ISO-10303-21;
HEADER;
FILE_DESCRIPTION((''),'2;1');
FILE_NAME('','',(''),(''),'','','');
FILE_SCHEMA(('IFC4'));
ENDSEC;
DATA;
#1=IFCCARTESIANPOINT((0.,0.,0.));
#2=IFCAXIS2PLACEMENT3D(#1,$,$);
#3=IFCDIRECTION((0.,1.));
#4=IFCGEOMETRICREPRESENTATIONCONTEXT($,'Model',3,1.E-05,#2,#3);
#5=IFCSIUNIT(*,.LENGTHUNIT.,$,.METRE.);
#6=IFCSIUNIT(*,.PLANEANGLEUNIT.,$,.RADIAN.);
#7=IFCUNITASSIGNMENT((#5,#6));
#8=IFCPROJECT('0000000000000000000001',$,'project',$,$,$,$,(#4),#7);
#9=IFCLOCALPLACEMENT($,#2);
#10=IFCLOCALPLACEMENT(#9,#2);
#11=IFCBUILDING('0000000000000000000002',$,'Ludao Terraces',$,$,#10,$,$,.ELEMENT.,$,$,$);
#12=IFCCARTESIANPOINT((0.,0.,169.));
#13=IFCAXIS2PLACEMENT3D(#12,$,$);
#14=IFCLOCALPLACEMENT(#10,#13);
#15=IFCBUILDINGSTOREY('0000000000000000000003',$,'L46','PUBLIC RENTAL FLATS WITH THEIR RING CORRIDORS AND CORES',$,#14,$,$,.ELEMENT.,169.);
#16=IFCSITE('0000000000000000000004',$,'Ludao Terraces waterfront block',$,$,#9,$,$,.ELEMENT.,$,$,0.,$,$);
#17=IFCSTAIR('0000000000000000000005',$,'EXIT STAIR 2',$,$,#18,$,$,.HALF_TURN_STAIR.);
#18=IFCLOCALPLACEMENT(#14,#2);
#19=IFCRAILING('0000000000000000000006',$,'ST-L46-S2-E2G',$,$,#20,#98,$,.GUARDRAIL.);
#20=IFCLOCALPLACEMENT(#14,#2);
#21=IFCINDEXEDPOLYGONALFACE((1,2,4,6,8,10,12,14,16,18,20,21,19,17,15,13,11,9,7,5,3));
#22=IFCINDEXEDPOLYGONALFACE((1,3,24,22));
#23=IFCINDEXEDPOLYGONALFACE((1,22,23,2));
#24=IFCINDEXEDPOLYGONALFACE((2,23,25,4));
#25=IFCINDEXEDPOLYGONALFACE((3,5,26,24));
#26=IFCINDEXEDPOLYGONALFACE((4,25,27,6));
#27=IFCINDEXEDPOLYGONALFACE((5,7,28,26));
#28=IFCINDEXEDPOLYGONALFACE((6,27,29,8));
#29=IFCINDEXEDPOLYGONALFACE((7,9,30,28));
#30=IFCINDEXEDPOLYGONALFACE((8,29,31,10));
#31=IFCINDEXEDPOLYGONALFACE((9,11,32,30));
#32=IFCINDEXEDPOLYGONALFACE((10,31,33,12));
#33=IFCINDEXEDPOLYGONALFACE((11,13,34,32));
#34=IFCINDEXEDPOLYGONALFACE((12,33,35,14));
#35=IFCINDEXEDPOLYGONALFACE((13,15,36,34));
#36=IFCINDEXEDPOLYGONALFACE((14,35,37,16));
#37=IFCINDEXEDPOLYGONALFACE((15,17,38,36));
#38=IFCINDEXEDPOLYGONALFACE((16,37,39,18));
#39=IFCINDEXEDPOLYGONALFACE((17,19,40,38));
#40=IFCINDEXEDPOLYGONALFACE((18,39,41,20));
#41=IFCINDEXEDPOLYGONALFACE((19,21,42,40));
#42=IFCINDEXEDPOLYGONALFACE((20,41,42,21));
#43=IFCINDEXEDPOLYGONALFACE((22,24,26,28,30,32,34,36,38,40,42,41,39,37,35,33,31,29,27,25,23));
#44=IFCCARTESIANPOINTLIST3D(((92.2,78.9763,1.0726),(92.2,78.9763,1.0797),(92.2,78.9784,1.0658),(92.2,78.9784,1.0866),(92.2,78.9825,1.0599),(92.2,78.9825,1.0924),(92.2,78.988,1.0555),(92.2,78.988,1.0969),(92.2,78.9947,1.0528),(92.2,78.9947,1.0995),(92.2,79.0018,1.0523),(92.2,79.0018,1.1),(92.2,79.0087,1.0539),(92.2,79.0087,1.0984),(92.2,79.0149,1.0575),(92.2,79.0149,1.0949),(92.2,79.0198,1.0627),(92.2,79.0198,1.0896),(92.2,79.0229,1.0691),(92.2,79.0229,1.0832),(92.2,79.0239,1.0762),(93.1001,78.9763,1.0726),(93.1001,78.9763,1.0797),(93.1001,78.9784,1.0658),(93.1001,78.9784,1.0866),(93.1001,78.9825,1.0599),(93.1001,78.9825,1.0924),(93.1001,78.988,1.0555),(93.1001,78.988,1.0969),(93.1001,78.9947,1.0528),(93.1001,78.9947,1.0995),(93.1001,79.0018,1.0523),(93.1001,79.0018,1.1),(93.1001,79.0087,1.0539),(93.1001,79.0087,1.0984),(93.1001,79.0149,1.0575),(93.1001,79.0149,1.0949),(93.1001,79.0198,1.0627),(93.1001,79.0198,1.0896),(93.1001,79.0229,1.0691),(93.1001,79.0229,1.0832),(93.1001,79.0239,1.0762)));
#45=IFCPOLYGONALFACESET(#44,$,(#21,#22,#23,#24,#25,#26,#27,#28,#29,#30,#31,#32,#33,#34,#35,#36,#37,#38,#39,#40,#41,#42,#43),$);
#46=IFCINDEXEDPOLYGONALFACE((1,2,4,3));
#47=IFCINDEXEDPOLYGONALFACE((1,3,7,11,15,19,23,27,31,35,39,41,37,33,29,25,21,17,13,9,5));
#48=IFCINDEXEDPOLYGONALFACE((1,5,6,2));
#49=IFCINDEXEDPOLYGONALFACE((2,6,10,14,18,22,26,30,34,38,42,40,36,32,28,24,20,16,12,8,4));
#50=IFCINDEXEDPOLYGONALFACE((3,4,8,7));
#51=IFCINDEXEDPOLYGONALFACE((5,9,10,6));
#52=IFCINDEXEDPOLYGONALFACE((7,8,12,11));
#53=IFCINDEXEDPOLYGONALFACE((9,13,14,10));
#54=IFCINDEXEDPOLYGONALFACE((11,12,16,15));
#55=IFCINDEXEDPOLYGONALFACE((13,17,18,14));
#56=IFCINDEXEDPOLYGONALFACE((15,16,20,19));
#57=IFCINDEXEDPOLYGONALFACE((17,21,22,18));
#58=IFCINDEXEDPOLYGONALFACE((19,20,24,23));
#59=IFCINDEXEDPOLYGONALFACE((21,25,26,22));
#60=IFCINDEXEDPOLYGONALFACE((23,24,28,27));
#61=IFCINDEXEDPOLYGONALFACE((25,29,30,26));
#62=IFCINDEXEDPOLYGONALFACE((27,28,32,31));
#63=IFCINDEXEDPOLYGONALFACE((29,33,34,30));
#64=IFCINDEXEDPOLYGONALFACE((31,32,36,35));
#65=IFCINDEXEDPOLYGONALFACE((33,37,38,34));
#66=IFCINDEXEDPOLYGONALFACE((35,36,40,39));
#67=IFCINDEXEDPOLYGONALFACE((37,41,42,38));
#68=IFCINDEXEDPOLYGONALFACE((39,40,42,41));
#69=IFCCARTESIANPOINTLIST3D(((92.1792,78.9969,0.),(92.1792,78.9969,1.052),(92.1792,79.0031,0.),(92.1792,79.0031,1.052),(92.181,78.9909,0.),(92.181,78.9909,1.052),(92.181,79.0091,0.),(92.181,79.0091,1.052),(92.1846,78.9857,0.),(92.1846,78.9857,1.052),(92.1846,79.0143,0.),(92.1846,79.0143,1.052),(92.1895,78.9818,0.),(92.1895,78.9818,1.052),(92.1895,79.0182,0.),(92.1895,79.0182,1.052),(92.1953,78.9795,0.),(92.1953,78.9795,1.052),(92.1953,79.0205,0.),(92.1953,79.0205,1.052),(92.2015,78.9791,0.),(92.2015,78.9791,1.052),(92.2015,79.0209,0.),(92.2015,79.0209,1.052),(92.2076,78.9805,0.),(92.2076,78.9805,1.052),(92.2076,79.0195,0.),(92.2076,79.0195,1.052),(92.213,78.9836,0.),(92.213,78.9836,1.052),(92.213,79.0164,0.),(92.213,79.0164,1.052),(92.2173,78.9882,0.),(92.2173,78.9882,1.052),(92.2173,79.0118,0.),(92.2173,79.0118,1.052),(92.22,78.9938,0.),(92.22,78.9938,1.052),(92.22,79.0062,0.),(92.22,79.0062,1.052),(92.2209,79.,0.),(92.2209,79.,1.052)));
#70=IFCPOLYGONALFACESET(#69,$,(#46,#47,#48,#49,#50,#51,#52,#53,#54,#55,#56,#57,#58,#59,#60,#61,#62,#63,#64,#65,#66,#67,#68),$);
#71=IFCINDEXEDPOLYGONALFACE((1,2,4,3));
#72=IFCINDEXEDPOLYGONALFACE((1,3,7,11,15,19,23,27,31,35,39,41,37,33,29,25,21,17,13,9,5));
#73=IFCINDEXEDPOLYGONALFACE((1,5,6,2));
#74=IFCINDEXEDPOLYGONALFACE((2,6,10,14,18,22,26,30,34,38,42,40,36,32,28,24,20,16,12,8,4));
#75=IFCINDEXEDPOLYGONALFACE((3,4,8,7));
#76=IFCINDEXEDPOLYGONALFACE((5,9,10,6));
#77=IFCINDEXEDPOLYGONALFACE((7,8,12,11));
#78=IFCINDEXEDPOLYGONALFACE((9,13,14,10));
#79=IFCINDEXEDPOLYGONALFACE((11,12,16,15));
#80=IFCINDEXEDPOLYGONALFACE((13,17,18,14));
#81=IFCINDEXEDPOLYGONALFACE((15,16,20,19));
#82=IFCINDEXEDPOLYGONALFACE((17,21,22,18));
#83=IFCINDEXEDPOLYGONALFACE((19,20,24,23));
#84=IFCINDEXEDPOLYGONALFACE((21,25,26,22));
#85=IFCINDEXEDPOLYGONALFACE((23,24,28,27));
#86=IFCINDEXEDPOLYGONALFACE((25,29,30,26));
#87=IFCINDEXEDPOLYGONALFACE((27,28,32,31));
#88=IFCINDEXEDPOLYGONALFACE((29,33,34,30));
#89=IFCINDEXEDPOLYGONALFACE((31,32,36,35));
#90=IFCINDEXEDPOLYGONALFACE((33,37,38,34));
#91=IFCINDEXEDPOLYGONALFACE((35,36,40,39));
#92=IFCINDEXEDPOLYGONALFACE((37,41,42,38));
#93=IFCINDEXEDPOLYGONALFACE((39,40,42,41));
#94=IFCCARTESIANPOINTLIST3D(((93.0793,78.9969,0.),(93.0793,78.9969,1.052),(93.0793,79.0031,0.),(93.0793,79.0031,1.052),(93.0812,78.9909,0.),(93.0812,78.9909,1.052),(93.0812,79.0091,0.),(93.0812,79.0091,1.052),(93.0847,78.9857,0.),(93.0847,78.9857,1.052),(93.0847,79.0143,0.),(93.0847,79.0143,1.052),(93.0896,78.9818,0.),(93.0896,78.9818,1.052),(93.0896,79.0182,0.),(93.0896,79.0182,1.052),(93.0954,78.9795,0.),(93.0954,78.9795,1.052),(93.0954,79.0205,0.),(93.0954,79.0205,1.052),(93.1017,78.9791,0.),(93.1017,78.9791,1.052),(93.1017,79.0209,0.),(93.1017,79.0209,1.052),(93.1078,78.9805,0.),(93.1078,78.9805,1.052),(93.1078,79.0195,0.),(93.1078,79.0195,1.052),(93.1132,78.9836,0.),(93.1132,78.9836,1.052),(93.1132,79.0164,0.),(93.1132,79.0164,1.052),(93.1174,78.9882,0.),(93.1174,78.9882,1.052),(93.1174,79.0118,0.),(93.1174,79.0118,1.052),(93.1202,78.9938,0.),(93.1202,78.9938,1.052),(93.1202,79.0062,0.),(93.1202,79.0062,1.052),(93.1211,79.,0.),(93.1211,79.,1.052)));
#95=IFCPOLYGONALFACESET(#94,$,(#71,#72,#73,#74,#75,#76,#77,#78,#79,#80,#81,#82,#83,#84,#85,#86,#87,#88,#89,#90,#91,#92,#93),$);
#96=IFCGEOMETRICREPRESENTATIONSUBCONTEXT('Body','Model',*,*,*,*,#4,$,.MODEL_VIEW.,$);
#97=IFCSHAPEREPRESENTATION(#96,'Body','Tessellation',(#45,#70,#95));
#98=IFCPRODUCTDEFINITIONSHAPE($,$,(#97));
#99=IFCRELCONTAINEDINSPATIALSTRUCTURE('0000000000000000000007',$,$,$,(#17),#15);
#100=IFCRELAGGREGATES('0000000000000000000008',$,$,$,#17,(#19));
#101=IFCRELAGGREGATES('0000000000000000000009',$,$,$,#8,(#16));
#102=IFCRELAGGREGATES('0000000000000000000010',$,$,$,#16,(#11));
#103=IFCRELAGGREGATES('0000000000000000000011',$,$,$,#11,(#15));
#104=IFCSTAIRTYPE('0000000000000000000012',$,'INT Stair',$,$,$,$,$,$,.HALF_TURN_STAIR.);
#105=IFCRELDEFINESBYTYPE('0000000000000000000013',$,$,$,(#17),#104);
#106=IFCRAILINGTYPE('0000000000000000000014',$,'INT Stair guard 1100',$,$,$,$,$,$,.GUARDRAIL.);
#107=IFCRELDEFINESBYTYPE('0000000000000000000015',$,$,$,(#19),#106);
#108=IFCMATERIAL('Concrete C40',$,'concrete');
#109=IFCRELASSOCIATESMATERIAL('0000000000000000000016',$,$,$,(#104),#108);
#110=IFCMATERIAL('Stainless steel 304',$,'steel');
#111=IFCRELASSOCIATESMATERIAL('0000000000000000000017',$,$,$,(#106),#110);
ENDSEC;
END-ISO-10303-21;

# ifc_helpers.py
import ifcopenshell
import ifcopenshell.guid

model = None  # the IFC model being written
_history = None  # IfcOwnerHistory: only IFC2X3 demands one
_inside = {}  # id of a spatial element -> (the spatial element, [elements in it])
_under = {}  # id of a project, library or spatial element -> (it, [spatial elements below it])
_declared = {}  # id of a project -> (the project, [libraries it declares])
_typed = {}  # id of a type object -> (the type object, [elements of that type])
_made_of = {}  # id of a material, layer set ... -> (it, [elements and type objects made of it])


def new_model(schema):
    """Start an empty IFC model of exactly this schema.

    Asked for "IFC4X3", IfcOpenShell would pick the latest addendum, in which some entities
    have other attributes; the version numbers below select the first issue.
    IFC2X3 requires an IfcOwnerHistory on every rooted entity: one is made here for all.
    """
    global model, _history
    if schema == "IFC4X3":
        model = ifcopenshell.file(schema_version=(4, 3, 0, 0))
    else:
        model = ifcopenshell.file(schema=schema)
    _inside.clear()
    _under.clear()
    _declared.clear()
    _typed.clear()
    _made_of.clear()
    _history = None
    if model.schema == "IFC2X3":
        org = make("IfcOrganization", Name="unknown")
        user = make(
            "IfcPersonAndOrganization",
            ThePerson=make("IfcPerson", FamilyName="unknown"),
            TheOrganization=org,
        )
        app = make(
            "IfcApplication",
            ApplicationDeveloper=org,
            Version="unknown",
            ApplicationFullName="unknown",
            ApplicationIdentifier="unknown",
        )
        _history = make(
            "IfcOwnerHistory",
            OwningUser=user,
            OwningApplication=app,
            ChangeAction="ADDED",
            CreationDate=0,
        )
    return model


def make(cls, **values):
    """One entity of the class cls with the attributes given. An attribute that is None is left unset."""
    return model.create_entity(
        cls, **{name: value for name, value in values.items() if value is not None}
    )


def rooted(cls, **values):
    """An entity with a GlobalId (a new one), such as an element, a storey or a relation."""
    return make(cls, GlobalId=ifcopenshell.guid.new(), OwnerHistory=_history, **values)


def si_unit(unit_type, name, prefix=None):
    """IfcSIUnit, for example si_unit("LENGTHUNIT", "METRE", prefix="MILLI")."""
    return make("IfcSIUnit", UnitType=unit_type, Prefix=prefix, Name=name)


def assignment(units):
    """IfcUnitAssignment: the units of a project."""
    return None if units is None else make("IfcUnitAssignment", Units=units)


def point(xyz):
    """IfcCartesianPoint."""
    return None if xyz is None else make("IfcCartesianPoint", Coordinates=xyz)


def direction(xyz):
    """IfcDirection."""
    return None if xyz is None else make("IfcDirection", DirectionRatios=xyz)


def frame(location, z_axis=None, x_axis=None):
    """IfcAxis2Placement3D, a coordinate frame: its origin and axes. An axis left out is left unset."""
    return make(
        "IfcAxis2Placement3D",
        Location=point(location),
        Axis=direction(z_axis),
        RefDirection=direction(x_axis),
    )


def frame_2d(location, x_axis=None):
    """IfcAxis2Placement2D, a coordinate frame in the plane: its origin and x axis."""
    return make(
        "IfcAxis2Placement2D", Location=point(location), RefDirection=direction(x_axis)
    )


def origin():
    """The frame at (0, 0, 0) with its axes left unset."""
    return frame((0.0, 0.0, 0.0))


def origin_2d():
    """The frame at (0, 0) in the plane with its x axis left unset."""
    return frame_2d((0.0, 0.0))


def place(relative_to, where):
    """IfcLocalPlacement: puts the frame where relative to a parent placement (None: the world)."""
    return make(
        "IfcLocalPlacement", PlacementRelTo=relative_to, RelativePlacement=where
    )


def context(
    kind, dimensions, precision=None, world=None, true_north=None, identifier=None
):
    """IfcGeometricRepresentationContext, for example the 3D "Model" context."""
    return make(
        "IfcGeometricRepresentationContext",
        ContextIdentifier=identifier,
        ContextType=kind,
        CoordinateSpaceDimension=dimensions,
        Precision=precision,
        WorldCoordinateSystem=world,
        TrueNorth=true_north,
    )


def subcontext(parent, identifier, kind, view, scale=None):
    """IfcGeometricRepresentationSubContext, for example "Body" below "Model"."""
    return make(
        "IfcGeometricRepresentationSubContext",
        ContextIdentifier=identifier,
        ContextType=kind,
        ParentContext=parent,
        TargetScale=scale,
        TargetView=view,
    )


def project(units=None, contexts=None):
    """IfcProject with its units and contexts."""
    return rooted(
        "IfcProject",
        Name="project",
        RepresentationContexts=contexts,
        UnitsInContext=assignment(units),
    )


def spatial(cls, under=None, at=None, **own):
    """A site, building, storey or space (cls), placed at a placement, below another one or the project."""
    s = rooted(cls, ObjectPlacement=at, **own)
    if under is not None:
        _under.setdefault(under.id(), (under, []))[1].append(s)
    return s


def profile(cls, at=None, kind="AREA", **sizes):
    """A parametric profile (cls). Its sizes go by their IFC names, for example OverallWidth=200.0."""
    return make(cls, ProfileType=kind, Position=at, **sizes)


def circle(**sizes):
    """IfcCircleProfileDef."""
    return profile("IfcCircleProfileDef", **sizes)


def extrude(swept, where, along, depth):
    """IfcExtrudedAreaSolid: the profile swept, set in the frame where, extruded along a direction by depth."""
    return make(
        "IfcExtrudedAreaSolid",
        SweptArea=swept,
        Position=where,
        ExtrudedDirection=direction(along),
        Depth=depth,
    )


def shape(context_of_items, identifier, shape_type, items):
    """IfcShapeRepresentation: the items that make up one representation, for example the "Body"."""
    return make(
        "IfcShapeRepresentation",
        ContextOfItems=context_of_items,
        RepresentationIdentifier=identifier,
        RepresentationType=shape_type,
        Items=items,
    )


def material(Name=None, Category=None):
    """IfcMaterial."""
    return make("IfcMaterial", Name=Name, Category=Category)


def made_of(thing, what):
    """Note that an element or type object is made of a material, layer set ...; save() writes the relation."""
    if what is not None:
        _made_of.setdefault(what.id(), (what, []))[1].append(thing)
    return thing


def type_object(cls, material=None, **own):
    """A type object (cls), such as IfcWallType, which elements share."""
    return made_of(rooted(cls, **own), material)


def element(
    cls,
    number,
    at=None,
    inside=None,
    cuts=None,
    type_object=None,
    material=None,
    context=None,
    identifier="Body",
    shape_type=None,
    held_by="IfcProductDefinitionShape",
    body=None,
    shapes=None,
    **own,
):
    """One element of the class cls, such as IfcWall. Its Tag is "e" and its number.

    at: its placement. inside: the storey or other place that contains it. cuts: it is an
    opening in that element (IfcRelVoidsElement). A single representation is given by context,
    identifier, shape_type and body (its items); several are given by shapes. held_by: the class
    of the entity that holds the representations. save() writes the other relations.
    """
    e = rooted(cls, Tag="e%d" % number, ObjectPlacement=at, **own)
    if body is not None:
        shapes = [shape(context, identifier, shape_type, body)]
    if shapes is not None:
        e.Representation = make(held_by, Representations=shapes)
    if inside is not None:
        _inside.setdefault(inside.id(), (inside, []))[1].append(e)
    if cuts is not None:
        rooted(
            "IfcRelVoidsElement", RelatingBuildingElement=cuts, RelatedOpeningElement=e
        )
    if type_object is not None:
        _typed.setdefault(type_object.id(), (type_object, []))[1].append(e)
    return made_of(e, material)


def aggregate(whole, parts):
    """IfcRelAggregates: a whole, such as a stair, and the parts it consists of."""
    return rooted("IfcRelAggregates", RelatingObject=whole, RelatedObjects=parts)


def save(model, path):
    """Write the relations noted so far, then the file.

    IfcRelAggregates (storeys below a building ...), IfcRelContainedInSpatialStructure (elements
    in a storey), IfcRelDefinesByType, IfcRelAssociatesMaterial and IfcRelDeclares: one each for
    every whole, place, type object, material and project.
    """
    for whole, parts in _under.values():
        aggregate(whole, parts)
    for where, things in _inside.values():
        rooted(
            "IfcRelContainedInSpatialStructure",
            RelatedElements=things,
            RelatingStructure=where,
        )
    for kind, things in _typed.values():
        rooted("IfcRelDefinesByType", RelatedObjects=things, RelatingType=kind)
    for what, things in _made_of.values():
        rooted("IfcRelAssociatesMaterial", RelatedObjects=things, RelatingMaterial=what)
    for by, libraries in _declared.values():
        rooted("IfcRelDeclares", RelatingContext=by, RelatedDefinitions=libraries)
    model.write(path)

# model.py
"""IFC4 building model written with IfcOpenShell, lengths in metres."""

from ifc_helpers import new_model, si_unit, direction, frame, origin, origin_2d, place, context, subcontext, project, spatial, circle, extrude, material, type_object, element, aggregate, save


model = new_model("IFC4")

# Units and contexts
model_context = context("Model", 3, precision=1e-05, world=origin(), true_north=direction((0.0, 1.0)))
body_context = subcontext(model_context, "Body", "Model", "MODEL_VIEW")
ifc_project = project(units=[si_unit("LENGTHUNIT", "METRE"), si_unit("PLANEANGLEUNIT", "RADIAN")], contexts=[model_context])

# Site, building, storey
site_placement = place(None, origin())
site = spatial("IfcSite", under=ifc_project, at=site_placement, Name="Ludao Terraces waterfront block", CompositionType="ELEMENT", RefElevation=0.0)
building_placement = place(site_placement, origin())
building = spatial("IfcBuilding", under=site, at=building_placement, Name="Ludao Terraces", CompositionType="ELEMENT")
storey_placement = place(building_placement, frame((0.0, 0.0, 169.0)))
storey = spatial("IfcBuildingStorey", under=building, at=storey_placement, Name="L46", Description="PUBLIC RENTAL FLATS WITH THEIR RING CORRIDORS AND CORES", CompositionType="ELEMENT", Elevation=169.0)

# Shared definitions
ifc_material_1 = material(Name="Stainless steel 304", Category="steel")

# Stair, railing
ifc_material_2 = material(Name="Concrete C40", Category="concrete")
stair_type = type_object("IfcStairType", Name="INT Stair", PredefinedType="HALF_TURN_STAIR", material=ifc_material_2)
stair_placement = place(storey_placement, origin())
stair = element("IfcStair", 1, at=stair_placement, inside=storey, type_object=stair_type, Name="EXIT STAIR 2", PredefinedType="HALF_TURN_STAIR")
railing_type_1 = type_object("IfcRailingType", Name="INT Stair guard 1100", PredefinedType="GUARDRAIL", material=ifc_material_1)
railing_1_placement = place(storey_placement, frame((92.2, 79.0, 0.0)))
railing_1 = element("IfcRailing", 2, at=railing_1_placement, type_object=railing_type_1, Name="ST-L46-S2-E2G", PredefinedType="GUARDRAIL", context=body_context, shape_type="SweptSolid", body=[
    extrude(circle(Radius=0.0239, at=origin_2d()), frame((0.0, 0.0, 1.0762), z_axis=(1.0, 0.0, 0.0), x_axis=(0.0, 1.0, 0.0)), (0.0, 0.0, 1.0), 0.9001),
    extrude(circle(Radius=0.021, at=origin_2d()), origin(), (0.0, 0.0, 1.0), 1.052),
    extrude(circle(Radius=0.021, at=origin_2d()), frame((0.9001, 0.0, 0.0)), (0.0, 0.0, 1.0), 1.052),
])
aggregate(stair, [railing_1])

save(model, "model.ifc")
